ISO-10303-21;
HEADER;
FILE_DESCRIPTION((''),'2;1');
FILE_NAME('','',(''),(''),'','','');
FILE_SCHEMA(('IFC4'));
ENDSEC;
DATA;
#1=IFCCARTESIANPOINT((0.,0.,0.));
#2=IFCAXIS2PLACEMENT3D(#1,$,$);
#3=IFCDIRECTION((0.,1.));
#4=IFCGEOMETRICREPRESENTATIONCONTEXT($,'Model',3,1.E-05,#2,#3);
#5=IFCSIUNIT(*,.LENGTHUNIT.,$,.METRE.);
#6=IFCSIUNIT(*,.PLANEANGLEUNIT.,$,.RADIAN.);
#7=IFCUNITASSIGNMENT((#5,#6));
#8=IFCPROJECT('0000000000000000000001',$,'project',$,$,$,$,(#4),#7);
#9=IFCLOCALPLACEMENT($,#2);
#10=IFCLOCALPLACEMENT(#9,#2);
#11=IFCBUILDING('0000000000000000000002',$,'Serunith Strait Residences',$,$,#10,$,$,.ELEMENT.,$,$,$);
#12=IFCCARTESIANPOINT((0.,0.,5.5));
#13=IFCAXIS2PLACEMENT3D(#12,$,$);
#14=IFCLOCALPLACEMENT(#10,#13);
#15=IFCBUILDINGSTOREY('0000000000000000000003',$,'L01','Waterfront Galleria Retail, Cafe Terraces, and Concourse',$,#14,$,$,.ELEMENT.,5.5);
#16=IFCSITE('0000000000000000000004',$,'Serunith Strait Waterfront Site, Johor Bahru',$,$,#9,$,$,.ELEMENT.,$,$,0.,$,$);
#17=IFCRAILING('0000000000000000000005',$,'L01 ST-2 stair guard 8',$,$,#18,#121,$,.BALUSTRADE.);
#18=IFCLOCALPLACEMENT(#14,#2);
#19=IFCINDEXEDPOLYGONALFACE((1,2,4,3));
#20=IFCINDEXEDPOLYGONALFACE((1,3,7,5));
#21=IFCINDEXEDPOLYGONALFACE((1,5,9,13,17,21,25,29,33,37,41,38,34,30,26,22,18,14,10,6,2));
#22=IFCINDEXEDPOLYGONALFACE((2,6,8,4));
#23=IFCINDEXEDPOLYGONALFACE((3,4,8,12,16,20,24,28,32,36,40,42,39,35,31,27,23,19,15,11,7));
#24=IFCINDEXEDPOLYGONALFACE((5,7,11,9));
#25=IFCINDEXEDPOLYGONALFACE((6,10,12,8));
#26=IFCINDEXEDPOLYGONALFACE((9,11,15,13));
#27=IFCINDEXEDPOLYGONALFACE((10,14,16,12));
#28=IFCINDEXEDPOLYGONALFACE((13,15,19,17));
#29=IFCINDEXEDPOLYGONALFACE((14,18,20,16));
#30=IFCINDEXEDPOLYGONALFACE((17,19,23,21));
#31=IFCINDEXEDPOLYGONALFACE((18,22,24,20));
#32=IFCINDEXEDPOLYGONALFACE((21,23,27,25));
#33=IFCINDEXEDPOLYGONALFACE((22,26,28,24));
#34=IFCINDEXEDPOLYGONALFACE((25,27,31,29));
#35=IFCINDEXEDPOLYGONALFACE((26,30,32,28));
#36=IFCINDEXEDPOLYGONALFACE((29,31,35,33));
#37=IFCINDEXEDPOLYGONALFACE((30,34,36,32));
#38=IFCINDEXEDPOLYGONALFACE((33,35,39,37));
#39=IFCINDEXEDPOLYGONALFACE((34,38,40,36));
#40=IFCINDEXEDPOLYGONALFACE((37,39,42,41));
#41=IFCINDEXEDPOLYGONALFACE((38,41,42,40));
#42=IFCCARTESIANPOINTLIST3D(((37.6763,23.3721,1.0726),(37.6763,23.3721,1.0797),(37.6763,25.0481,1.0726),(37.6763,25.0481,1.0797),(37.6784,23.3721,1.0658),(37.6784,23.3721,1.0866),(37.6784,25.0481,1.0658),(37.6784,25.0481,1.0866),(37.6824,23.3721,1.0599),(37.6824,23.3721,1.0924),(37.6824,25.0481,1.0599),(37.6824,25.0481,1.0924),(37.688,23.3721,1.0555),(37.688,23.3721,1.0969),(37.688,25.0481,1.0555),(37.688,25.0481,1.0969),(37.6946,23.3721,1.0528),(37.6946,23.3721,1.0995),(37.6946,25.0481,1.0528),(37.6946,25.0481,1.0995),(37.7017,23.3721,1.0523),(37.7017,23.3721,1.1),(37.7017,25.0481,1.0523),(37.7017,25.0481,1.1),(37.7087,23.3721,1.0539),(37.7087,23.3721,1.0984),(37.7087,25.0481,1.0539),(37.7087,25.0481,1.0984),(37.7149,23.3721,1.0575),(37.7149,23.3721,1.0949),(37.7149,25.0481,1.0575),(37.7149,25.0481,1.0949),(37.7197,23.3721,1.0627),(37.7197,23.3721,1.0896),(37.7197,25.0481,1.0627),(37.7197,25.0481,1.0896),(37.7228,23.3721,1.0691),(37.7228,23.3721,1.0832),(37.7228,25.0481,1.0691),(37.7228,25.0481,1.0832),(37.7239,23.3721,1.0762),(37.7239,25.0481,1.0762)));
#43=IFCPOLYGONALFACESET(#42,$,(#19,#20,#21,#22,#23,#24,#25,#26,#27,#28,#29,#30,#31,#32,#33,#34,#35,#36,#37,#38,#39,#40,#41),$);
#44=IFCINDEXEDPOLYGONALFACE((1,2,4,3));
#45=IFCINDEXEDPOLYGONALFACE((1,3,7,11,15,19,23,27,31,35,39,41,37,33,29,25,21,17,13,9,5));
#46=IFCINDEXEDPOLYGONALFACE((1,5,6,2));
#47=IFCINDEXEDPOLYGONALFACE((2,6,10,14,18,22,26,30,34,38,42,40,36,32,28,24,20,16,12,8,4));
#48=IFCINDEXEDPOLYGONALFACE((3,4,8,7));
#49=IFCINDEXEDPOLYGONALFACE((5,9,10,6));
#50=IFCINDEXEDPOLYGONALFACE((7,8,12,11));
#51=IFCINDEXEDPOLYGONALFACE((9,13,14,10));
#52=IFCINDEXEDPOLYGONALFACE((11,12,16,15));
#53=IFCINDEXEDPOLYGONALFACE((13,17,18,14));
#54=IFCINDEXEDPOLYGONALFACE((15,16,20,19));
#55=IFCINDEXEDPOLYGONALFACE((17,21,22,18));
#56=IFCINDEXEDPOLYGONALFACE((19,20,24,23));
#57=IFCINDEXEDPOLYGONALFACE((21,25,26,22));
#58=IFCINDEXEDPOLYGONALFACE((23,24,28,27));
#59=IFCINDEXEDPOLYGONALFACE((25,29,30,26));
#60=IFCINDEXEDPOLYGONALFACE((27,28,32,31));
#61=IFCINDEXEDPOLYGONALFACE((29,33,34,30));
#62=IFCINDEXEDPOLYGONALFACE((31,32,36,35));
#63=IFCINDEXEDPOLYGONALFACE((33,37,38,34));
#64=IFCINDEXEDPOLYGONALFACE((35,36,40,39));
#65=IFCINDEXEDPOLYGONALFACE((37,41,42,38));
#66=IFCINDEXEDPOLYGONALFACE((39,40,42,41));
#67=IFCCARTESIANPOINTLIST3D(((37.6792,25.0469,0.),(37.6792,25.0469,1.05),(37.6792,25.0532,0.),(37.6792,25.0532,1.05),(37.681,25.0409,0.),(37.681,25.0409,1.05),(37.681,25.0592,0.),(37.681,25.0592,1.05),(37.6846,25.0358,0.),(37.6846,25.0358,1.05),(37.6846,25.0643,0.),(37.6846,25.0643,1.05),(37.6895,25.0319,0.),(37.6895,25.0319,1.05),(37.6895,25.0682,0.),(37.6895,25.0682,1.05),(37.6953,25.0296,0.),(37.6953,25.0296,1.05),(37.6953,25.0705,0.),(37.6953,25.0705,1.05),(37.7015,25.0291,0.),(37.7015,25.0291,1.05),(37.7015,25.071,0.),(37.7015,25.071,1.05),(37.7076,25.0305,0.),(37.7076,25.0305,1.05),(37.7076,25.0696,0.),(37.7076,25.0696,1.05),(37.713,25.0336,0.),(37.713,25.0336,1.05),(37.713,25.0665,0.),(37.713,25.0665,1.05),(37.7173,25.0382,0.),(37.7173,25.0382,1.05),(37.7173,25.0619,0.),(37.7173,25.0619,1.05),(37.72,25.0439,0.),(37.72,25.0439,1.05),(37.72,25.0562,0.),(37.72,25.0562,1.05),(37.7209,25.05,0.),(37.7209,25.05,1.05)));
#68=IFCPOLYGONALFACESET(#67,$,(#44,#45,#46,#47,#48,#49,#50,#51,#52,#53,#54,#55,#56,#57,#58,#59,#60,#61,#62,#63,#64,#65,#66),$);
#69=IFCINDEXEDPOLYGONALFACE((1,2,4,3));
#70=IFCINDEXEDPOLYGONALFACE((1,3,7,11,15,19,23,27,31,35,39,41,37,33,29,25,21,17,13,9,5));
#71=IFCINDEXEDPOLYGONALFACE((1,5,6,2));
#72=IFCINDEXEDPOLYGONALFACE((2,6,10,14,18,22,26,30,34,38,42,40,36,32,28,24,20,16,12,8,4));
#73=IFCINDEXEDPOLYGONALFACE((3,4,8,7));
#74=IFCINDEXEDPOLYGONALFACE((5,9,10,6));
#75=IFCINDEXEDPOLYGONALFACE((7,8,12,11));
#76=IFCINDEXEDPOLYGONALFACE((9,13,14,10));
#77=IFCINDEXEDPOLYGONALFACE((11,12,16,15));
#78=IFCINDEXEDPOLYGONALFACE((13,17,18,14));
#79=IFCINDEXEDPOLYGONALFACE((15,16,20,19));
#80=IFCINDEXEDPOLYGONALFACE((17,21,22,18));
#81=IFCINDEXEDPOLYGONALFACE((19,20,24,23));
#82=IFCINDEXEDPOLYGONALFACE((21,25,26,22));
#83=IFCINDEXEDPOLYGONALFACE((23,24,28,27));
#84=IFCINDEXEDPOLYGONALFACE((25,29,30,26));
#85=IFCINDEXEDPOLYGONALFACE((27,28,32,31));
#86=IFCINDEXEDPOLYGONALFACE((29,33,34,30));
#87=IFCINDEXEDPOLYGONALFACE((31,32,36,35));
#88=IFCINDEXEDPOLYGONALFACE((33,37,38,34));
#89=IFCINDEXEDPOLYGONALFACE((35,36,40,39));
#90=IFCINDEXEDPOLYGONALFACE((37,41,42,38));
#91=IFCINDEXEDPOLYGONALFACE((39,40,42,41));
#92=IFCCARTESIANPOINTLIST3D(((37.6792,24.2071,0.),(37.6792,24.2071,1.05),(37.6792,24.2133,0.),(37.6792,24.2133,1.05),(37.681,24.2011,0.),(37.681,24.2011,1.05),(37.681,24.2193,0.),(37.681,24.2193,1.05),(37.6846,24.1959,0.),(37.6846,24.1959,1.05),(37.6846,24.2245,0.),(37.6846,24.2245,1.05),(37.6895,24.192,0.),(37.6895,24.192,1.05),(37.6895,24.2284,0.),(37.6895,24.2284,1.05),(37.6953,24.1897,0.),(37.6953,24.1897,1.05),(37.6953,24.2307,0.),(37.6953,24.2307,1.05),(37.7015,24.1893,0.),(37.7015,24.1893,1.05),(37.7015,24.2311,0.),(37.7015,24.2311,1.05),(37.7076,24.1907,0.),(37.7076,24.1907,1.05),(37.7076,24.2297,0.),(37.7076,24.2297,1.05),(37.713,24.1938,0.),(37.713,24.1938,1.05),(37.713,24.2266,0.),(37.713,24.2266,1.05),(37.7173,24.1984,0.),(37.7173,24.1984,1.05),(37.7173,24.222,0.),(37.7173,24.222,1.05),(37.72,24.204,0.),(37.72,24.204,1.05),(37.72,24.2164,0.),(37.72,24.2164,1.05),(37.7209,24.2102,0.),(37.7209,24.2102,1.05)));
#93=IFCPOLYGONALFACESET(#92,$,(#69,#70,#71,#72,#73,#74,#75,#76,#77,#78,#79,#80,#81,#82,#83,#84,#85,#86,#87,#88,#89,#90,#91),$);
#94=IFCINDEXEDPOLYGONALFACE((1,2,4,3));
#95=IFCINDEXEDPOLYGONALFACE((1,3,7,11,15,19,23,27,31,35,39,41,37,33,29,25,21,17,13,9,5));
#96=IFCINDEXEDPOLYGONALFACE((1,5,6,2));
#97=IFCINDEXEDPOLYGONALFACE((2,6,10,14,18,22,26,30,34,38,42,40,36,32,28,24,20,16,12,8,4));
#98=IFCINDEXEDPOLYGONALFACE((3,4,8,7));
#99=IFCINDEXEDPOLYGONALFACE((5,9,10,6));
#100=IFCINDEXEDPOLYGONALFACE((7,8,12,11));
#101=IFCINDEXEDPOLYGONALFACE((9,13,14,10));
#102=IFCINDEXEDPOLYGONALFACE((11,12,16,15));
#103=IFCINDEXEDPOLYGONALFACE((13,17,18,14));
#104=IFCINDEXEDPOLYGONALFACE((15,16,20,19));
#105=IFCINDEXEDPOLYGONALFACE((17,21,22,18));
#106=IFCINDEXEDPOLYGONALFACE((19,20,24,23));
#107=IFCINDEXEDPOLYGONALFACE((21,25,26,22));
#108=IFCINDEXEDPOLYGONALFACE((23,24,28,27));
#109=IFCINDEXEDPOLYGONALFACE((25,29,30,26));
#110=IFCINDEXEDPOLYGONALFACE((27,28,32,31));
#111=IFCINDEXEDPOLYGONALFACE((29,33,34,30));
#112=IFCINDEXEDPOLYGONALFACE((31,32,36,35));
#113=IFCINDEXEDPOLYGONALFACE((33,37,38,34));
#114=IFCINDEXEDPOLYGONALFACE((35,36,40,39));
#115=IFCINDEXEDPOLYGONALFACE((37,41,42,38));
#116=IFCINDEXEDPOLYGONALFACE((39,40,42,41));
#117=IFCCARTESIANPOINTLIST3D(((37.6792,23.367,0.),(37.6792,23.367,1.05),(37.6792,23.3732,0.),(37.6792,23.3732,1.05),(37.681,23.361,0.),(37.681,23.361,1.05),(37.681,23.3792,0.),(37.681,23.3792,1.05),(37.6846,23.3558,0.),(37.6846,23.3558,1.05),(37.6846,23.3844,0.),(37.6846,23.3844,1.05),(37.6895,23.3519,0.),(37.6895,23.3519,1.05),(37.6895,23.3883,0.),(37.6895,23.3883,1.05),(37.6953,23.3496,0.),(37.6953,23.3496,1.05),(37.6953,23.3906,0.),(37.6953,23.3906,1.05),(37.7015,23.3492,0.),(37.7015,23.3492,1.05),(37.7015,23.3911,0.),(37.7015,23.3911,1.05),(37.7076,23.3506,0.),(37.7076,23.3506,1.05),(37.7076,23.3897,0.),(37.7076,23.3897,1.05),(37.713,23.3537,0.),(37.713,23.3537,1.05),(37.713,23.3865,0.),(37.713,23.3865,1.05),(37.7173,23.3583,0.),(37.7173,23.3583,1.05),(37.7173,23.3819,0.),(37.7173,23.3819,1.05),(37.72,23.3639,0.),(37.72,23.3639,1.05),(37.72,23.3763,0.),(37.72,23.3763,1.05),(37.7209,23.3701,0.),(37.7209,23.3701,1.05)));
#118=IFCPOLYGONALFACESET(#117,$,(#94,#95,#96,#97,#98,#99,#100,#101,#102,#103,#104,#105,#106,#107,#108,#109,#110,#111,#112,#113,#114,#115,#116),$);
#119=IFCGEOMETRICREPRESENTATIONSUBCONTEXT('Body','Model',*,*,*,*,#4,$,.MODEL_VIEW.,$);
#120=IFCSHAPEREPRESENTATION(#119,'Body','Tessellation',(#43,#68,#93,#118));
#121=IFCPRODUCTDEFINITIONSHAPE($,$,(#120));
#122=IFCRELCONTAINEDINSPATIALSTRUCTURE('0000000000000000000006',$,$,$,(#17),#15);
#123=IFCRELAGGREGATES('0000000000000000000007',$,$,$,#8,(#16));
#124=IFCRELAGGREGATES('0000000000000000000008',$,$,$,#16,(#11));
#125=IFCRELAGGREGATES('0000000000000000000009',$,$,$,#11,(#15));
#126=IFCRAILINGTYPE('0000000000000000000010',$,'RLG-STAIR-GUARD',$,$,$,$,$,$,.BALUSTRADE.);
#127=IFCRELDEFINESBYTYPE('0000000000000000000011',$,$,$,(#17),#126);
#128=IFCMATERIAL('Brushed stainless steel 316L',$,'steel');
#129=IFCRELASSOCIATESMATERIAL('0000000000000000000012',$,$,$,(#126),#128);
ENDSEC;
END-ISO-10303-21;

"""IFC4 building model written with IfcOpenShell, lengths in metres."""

from ifc_helpers import new_model, si_unit, direction, frame, origin, origin_2d, place, context, subcontext, project, spatial, circle, extrude, material, type_object, element, save


model = new_model("IFC4")

# Units and contexts
model_context = context("Model", 3, precision=1e-05, world=origin(), true_north=direction((0.0, 1.0)))
body_context = subcontext(model_context, "Body", "Model", "MODEL_VIEW")
ifc_project = project(units=[si_unit("LENGTHUNIT", "METRE"), si_unit("PLANEANGLEUNIT", "RADIAN")], contexts=[model_context])

# Site, building, storey
site_placement = place(None, origin())
site = spatial("IfcSite", under=ifc_project, at=site_placement, Name="Serunith Strait Waterfront Site, Johor Bahru", CompositionType="ELEMENT", RefElevation=0.0)
building_placement = place(site_placement, origin())
building = spatial("IfcBuilding", under=site, at=building_placement, Name="Serunith Strait Residences", CompositionType="ELEMENT")
storey_placement = place(building_placement, frame((0.0, 0.0, 5.5)))
storey = spatial("IfcBuildingStorey", under=building, at=storey_placement, Name="L01", Description="Waterfront Galleria Retail, Cafe Terraces, and Concourse", CompositionType="ELEMENT", Elevation=5.5)

# Railing
ifc_material_1 = material(Name="Brushed stainless steel 316L", Category="steel")
railing_type_1 = type_object("IfcRailingType", Name="RLG-STAIR-GUARD", PredefinedType="BALUSTRADE", material=ifc_material_1)
railing_1_placement = place(storey_placement, frame((37.7, 25.05, 0.0)))
element("IfcRailing", 1, at=railing_1_placement, inside=storey, type_object=railing_type_1, Name="L01 ST-2 stair guard 8", PredefinedType="BALUSTRADE", context=body_context, shape_type="SweptSolid", body=[
    extrude(circle(Radius=0.0239, at=origin_2d()), frame((0.0, -0.002, 1.0762), z_axis=(0.0, -1.0, 0.0), x_axis=(1.0, 0.0, 0.0)), (0.0, 0.0, 1.0), 1.676),
    extrude(circle(Radius=0.021, at=origin_2d()), origin(), (0.0, 0.0, 1.0), 1.05),
    extrude(circle(Radius=0.021, at=origin_2d()), frame((0.0, -0.8398, 0.0)), (0.0, 0.0, 1.0), 1.05),
    extrude(circle(Radius=0.021, at=origin_2d()), frame((0.0, -1.6799, 0.0)), (0.0, 0.0, 1.0), 1.05),
])

save(model, "model.ifc")
